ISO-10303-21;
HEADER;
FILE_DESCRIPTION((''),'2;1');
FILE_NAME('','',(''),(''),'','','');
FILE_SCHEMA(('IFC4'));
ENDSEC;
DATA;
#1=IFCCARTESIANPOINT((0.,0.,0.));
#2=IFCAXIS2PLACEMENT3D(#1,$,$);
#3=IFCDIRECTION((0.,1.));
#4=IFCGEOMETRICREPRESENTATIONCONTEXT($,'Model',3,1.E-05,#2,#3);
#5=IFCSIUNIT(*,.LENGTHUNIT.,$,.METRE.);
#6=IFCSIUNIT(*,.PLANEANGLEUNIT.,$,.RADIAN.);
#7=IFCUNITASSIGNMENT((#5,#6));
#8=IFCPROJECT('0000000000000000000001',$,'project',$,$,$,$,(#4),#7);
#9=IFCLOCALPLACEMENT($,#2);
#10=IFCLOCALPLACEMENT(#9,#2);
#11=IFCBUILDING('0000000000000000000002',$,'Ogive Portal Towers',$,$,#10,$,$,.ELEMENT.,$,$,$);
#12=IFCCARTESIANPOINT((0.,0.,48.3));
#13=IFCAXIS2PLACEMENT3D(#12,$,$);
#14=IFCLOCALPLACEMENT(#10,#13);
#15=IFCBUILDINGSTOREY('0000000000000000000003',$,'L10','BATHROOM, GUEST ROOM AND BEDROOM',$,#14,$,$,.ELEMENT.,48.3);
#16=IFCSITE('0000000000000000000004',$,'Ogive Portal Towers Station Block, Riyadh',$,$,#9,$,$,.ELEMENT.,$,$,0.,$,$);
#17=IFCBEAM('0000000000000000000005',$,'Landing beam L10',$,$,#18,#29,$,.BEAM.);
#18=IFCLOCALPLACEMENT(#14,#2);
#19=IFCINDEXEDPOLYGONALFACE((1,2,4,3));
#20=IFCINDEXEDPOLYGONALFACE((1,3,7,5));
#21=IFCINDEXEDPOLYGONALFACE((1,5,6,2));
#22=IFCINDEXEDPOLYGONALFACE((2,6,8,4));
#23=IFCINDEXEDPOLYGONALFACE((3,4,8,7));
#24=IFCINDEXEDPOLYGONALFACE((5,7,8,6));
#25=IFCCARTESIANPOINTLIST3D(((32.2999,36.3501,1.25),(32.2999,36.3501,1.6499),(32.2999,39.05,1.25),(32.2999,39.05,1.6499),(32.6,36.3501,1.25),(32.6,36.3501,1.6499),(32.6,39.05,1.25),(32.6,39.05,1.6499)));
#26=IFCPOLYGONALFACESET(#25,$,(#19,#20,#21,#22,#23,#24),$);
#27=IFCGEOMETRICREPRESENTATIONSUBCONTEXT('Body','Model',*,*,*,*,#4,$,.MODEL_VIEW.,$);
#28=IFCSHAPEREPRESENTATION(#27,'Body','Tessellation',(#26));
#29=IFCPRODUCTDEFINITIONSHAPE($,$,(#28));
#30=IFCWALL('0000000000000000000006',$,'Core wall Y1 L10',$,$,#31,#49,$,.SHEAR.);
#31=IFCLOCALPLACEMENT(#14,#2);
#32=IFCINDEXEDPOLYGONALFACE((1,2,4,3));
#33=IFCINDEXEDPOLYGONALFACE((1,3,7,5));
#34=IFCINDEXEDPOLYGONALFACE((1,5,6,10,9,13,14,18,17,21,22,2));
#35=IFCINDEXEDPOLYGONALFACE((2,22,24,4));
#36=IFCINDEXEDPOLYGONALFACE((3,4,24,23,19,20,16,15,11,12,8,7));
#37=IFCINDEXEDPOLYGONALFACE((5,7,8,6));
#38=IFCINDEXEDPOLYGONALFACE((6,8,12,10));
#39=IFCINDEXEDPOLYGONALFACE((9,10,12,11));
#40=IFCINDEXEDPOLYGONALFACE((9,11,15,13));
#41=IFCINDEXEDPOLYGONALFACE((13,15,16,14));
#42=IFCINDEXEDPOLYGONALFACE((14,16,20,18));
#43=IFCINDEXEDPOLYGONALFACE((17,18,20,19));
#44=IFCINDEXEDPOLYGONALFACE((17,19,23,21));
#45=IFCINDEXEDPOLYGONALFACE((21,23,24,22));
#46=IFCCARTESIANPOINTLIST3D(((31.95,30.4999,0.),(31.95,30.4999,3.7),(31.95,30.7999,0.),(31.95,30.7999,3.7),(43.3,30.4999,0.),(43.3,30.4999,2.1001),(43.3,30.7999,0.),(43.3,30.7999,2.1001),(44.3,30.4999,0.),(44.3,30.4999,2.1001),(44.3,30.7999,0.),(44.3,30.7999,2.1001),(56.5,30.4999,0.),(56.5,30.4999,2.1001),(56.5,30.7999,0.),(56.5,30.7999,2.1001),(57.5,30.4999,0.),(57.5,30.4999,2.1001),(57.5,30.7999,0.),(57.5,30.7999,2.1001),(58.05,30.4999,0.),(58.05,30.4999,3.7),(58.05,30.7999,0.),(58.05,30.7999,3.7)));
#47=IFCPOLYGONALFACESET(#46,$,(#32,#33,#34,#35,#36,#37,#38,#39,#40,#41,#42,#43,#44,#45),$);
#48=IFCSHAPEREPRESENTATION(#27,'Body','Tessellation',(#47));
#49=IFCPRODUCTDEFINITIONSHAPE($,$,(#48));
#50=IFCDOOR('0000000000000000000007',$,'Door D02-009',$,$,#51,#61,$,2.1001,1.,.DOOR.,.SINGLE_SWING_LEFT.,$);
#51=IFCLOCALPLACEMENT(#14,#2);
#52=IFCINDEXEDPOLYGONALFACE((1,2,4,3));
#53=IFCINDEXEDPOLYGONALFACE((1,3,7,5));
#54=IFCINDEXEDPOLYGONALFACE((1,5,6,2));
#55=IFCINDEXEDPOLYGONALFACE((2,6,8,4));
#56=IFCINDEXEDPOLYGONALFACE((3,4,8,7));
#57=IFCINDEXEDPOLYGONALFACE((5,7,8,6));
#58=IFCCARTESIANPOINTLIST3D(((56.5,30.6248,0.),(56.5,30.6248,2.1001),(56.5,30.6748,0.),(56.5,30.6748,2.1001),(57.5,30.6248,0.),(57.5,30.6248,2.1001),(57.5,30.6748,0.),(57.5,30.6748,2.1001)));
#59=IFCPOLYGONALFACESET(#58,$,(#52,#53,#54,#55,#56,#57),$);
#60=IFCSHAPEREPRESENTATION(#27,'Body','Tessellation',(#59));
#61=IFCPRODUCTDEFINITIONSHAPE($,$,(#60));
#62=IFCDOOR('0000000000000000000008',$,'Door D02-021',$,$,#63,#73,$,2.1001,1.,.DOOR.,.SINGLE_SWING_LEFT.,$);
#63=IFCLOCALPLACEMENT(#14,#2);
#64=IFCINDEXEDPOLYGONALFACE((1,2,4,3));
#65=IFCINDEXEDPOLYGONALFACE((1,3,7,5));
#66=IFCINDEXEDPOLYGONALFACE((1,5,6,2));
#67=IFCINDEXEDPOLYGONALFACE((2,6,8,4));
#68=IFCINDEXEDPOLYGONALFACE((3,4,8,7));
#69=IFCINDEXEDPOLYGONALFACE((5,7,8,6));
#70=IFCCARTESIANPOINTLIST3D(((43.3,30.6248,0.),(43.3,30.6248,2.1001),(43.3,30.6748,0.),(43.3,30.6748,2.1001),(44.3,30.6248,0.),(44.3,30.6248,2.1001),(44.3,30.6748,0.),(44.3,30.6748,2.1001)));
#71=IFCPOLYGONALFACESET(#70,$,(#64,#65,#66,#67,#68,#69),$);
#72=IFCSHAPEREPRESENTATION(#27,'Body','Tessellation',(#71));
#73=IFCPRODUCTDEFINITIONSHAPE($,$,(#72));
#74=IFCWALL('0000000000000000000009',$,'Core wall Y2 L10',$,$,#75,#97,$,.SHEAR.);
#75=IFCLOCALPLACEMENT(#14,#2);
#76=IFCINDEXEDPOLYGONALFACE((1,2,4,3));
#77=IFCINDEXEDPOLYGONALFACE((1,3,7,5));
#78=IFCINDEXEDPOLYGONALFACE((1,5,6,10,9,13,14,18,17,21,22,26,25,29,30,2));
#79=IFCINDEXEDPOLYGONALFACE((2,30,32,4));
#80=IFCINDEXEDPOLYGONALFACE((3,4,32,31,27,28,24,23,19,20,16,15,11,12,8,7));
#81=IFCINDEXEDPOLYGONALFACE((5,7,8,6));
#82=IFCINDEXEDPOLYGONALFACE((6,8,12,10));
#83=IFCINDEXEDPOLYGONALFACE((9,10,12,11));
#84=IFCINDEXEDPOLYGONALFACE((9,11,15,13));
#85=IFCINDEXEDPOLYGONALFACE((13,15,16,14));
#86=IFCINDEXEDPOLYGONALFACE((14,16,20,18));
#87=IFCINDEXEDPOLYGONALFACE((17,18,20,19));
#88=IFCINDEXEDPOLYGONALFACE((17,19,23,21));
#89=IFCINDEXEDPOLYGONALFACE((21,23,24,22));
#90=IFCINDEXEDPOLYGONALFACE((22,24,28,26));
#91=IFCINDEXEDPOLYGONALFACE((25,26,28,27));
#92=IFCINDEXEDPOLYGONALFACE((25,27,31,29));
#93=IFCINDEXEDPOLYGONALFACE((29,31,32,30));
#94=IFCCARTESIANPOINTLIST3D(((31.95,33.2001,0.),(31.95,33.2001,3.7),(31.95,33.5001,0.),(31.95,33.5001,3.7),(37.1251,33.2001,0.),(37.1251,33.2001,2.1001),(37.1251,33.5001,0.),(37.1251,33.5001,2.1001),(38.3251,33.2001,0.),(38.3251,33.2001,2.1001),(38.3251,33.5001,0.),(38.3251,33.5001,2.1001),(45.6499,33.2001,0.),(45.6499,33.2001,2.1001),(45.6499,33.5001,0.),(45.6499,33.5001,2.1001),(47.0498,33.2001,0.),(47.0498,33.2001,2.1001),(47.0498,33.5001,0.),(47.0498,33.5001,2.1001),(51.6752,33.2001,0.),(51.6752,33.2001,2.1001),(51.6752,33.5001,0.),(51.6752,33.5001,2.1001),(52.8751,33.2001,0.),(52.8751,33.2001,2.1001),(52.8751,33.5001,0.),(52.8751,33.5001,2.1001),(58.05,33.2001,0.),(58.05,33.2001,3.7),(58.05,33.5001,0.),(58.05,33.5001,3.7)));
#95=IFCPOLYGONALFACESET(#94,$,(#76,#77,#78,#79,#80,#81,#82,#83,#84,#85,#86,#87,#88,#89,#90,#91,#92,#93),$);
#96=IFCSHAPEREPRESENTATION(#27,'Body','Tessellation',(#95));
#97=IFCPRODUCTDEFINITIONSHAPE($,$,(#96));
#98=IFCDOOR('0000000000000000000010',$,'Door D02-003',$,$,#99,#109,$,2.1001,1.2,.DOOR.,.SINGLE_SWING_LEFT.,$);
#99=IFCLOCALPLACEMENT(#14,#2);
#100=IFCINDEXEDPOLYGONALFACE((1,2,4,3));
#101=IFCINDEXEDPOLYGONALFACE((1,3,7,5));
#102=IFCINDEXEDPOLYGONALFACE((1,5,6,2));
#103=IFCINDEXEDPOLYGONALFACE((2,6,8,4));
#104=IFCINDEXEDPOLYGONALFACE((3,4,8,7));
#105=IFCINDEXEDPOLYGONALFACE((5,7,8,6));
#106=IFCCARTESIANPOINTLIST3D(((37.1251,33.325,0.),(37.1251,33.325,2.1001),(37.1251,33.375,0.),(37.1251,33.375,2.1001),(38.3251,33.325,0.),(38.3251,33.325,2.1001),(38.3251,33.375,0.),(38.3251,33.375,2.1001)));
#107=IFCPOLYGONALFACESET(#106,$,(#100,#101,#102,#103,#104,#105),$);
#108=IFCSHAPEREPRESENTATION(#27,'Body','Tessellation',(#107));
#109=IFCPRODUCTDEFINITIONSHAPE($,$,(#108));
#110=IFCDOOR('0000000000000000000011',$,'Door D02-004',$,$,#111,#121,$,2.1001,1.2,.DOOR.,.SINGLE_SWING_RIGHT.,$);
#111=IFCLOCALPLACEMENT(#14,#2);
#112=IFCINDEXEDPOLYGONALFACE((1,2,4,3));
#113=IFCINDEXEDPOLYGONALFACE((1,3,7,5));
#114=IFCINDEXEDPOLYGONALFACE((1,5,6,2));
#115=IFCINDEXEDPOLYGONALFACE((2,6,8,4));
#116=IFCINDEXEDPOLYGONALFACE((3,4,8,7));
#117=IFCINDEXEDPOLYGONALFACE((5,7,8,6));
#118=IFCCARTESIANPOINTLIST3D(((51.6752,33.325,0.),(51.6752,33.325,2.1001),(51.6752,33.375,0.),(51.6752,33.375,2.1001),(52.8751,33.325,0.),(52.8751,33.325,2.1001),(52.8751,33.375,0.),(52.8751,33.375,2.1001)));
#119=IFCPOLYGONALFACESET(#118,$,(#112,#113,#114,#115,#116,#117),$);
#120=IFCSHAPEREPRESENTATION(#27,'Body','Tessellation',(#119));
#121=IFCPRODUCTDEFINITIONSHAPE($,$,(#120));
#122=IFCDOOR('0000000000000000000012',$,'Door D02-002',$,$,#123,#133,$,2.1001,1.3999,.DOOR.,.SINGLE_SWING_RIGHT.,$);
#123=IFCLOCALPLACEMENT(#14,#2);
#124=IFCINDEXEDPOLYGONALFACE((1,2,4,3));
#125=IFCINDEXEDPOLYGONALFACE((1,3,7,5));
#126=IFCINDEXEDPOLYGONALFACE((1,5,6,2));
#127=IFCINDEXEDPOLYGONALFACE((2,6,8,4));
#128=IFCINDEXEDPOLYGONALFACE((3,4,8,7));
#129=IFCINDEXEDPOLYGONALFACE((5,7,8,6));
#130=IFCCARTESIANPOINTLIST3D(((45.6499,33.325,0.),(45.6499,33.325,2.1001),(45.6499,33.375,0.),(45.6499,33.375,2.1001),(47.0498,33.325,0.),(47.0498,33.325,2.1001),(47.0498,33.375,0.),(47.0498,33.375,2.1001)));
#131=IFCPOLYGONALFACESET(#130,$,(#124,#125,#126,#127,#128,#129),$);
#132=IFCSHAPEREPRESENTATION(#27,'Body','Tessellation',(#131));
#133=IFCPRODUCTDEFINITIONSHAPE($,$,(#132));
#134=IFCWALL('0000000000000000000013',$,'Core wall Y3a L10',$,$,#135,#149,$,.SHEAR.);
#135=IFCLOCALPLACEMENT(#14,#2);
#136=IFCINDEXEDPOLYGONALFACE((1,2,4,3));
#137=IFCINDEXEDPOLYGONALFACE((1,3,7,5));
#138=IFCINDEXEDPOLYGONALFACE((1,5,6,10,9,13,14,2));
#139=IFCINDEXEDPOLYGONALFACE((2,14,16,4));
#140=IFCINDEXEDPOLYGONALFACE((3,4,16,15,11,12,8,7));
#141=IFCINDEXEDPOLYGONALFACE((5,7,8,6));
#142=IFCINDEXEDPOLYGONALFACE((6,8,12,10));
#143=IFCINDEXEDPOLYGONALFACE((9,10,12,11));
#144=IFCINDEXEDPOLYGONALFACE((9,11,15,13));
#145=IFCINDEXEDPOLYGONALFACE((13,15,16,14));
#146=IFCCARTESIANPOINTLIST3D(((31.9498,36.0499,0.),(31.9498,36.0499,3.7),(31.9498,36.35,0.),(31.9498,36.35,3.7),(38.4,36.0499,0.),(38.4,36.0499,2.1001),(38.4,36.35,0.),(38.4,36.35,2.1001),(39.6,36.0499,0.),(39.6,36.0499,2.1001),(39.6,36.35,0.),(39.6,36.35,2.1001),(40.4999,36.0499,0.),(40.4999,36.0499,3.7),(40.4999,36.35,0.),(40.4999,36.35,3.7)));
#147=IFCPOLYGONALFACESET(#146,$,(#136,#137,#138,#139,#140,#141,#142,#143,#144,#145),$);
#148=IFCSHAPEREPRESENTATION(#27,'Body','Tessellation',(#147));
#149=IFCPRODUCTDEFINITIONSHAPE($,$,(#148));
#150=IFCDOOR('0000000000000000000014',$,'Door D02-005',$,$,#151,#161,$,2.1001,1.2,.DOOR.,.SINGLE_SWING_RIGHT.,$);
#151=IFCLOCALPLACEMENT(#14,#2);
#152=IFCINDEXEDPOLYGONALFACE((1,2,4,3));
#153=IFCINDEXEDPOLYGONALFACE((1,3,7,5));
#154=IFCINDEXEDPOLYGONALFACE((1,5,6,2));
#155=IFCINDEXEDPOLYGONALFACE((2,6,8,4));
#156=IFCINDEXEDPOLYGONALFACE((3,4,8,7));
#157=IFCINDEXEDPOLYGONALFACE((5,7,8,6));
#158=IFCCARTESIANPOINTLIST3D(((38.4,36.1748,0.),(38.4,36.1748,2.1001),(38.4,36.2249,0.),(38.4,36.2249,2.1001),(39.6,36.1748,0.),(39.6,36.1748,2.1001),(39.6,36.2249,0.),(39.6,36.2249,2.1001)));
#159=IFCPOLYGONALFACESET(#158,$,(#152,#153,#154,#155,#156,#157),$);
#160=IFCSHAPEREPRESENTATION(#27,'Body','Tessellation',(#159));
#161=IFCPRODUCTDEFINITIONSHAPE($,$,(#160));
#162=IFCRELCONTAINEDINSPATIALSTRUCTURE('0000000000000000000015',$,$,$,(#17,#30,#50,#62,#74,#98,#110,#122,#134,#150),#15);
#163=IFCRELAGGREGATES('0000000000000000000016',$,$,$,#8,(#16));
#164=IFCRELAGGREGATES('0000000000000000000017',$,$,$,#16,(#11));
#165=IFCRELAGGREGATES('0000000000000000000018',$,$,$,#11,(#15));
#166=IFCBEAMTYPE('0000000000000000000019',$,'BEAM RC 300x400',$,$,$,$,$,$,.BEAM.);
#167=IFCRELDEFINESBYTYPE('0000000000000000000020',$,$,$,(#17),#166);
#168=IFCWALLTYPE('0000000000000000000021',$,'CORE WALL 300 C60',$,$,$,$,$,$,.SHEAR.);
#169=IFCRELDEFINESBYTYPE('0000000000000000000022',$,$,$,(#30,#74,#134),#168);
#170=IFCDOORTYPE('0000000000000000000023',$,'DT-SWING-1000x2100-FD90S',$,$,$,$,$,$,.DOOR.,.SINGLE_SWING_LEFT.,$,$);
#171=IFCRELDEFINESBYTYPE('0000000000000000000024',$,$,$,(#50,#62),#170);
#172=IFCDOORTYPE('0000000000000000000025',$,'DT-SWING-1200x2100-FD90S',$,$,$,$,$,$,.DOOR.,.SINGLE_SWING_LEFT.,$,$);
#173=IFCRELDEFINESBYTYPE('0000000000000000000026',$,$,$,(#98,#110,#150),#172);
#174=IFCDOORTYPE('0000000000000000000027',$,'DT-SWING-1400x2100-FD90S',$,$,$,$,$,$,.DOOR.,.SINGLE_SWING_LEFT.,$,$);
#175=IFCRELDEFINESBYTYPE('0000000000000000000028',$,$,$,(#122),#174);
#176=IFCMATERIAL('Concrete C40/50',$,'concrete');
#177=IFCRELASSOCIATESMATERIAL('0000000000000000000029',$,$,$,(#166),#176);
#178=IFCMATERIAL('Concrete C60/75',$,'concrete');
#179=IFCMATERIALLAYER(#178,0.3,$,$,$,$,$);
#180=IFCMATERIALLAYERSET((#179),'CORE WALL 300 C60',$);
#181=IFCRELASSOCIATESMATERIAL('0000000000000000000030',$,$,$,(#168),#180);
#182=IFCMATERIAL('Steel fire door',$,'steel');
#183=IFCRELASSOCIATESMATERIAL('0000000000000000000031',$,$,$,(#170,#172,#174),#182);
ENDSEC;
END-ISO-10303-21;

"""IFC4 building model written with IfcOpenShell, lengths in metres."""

from ifc_helpers import new_model, si_unit, direction, frame, frame_2d, origin, origin_2d, place, context, subcontext, project, spatial, rectangle, extrude, material, layer, layer_set, material_profile, profile_set, type_object, element, fill, save


model = new_model("IFC4")

# Units and contexts
model_context = context("Model", 3, precision=1e-05, world=origin(), true_north=direction((0.0, 1.0)))
body_context = subcontext(model_context, "Body", "Model", "MODEL_VIEW")
ifc_project = project(units=[si_unit("LENGTHUNIT", "METRE"), si_unit("PLANEANGLEUNIT", "RADIAN")], contexts=[model_context])

# Site, building, storey
site_placement = place(None, origin())
site = spatial("IfcSite", under=ifc_project, at=site_placement, Name="Ogive Portal Towers Station Block, Riyadh", CompositionType="ELEMENT", RefElevation=0.0)
building_placement = place(site_placement, origin())
building = spatial("IfcBuilding", under=site, at=building_placement, Name="Ogive Portal Towers", CompositionType="ELEMENT")
storey_placement = place(building_placement, frame((0.0, 0.0, 48.3)))
storey = spatial("IfcBuildingStorey", under=building, at=storey_placement, Name="L10", Description="BATHROOM, GUEST ROOM AND BEDROOM", CompositionType="ELEMENT", Elevation=48.3)

# Beam
ifc_material_1 = material(Name="Concrete C40/50", Category="concrete")
ifc_material_profile = material_profile(ifc_material_1, rectangle(XDim=0.3, YDim=0.3999, at=origin_2d()), Name="RC 300x400")
ifc_profile_set = profile_set([ifc_material_profile], Name="Concrete C40/50")
beam_type = type_object("IfcBeamType", Name="BEAM RC 300x400", PredefinedType="BEAM", material=ifc_profile_set)
beam_placement = place(storey_placement, frame((32.45, 36.3501, 1.45), z_axis=(0.0, 1.0, 0.0), x_axis=(-1.0, 0.0, 0.0)))
element("IfcBeam", 1, at=beam_placement, inside=storey, type_object=beam_type, Name="Landing beam L10", PredefinedType="BEAM", context=body_context, shape_type="SweptSolid", body=[
    extrude(rectangle(XDim=0.3, YDim=0.3999, at=origin_2d()), origin(), (0.0, 0.0, 1.0), 2.7),
])

# Walls, openings, doors
ifc_material_2 = material(Name="Concrete C60/75", Category="concrete")
ifc_layer_1 = layer(ifc_material_2, 0.3)
ifc_layer_set_1 = layer_set([ifc_layer_1], Name="CORE WALL 300 C60")
wall_type_1 = type_object("IfcWallType", Name="CORE WALL 300 C60", PredefinedType="SHEAR", material=ifc_layer_set_1)
wall_1_placement = place(storey_placement, frame((31.95, 30.6499, 0.0), z_axis=(0.0, 0.0, 1.0), x_axis=(1.0, 0.0, 0.0)))
wall_1 = element("IfcWall", 2, at=wall_1_placement, inside=storey, type_object=wall_type_1, Name="Core wall Y1 L10", PredefinedType="SHEAR", context=body_context, shape_type="SweptSolid", body=[
    extrude(rectangle(XDim=26.1001, YDim=0.3, at=frame_2d((13.05, 0.0))), origin(), (0.0, 0.0, 1.0), 3.7),
])
opening_1_placement = place(wall_1_placement, frame((24.55, 0.0, 0.0)))
opening_1 = element("IfcOpeningElement", 3, at=opening_1_placement, cuts=wall_1, PredefinedType="OPENING", context=body_context, shape_type="SweptSolid", body=[
    extrude(rectangle(XDim=1.0, YDim=2.1001, at=frame_2d((0.5, 1.05))), frame((0.0, 0.1602, 0.0), z_axis=(0.0, -1.0, 0.0), x_axis=(1.0, 0.0, 0.0)), (0.0, 0.0, 1.0), 0.3201),
])
opening_2_placement = place(wall_1_placement, frame((11.3501, 0.0, 0.0)))
opening_2 = element("IfcOpeningElement", 4, at=opening_2_placement, cuts=wall_1, PredefinedType="OPENING", context=body_context, shape_type="SweptSolid", body=[
    extrude(rectangle(XDim=1.0, YDim=2.1001, at=frame_2d((0.5, 1.05))), frame((0.0, 0.1602, 0.0), z_axis=(0.0, -1.0, 0.0), x_axis=(1.0, 0.0, 0.0)), (0.0, 0.0, 1.0), 0.3201),
])
ifc_material_3 = material(Name="Steel fire door", Category="steel")
door_type_1 = type_object("IfcDoorType", Name="DT-SWING-1000x2100-FD90S", OperationType="SINGLE_SWING_LEFT", PredefinedType="DOOR", material=ifc_material_3)
door_1_placement = place(opening_1_placement, origin())
door_1 = element("IfcDoor", 5, at=door_1_placement, inside=storey, type_object=door_type_1, Name="Door D02-009", OperationType="SINGLE_SWING_LEFT", OverallHeight=2.1001, OverallWidth=1.0, PredefinedType="DOOR", context=body_context, shape_type="SweptSolid", body=[
    extrude(rectangle(XDim=1.0, YDim=2.1001, at=frame_2d((0.5, 1.05))), frame((0.0, 0.0249, 0.0), z_axis=(0.0, -1.0, 0.0), x_axis=(1.0, 0.0, 0.0)), (0.0, 0.0, 1.0), 0.05),
])
fill(opening_1, door_1)
door_2_placement = place(opening_2_placement, origin())
door_2 = element("IfcDoor", 6, at=door_2_placement, inside=storey, type_object=door_type_1, Name="Door D02-021", OperationType="SINGLE_SWING_LEFT", OverallHeight=2.1001, OverallWidth=1.0, PredefinedType="DOOR", context=body_context, shape_type="SweptSolid", body=[
    extrude(rectangle(XDim=1.0, YDim=2.1001, at=frame_2d((0.5, 1.05))), frame((0.0, 0.0249, 0.0), z_axis=(0.0, -1.0, 0.0), x_axis=(1.0, 0.0, 0.0)), (0.0, 0.0, 1.0), 0.05),
])
fill(opening_2, door_2)
wall_2_placement = place(storey_placement, frame((31.95, 33.3501, 0.0), z_axis=(0.0, 0.0, 1.0), x_axis=(1.0, 0.0, 0.0)))
wall_2 = element("IfcWall", 7, at=wall_2_placement, inside=storey, type_object=wall_type_1, Name="Core wall Y2 L10", PredefinedType="SHEAR", context=body_context, shape_type="SweptSolid", body=[
    extrude(rectangle(XDim=26.1001, YDim=0.3, at=frame_2d((13.05, 0.0))), origin(), (0.0, 0.0, 1.0), 3.7),
])
opening_3_placement = place(wall_2_placement, frame((13.7, 0.0, 0.0)))
opening_3 = element("IfcOpeningElement", 8, at=opening_3_placement, cuts=wall_2, PredefinedType="OPENING", context=body_context, shape_type="SweptSolid", body=[
    extrude(rectangle(XDim=1.3999, YDim=2.1001, at=frame_2d((0.7, 1.05))), frame((0.0, 0.1602, 0.0), z_axis=(0.0, -1.0, 0.0), x_axis=(1.0, 0.0, 0.0)), (0.0, 0.0, 1.0), 0.3201),
])
opening_4_placement = place(wall_2_placement, frame((5.175, 0.0, 0.0)))
opening_4 = element("IfcOpeningElement", 9, at=opening_4_placement, cuts=wall_2, PredefinedType="OPENING", context=body_context, shape_type="SweptSolid", body=[
    extrude(rectangle(XDim=1.2, YDim=2.1001, at=frame_2d((0.6001, 1.05))), frame((0.0, 0.1602, 0.0), z_axis=(0.0, -1.0, 0.0), x_axis=(1.0, 0.0, 0.0)), (0.0, 0.0, 1.0), 0.3201),
])
opening_5_placement = place(wall_2_placement, frame((19.7251, 0.0, 0.0)))
opening_5 = element("IfcOpeningElement", 10, at=opening_5_placement, cuts=wall_2, PredefinedType="OPENING", context=body_context, shape_type="SweptSolid", body=[
    extrude(rectangle(XDim=1.2, YDim=2.1001, at=frame_2d((0.6001, 1.05))), frame((0.0, 0.1602, 0.0), z_axis=(0.0, -1.0, 0.0), x_axis=(1.0, 0.0, 0.0)), (0.0, 0.0, 1.0), 0.3201),
])
door_type_2 = type_object("IfcDoorType", Name="DT-SWING-1200x2100-FD90S", OperationType="SINGLE_SWING_LEFT", PredefinedType="DOOR", material=ifc_material_3)
door_3_placement = place(opening_4_placement, origin())
door_3 = element("IfcDoor", 11, at=door_3_placement, inside=storey, type_object=door_type_2, Name="Door D02-003", OperationType="SINGLE_SWING_LEFT", OverallHeight=2.1001, OverallWidth=1.2, PredefinedType="DOOR", context=body_context, shape_type="SweptSolid", body=[
    extrude(rectangle(XDim=1.2, YDim=2.1001, at=frame_2d((0.6001, 1.05))), frame((0.0, 0.0249, 0.0), z_axis=(0.0, -1.0, 0.0), x_axis=(1.0, 0.0, 0.0)), (0.0, 0.0, 1.0), 0.05),
])
fill(opening_4, door_3)
door_4_placement = place(opening_5_placement, origin())
door_4 = element("IfcDoor", 12, at=door_4_placement, inside=storey, type_object=door_type_2, Name="Door D02-004", OperationType="SINGLE_SWING_RIGHT", OverallHeight=2.1001, OverallWidth=1.2, PredefinedType="DOOR", context=body_context, shape_type="SweptSolid", body=[
    extrude(rectangle(XDim=1.2, YDim=2.1001, at=frame_2d((0.6001, 1.05))), frame((0.0, 0.0249, 0.0), z_axis=(0.0, -1.0, 0.0), x_axis=(1.0, 0.0, 0.0)), (0.0, 0.0, 1.0), 0.05),
])
fill(opening_5, door_4)
door_type_3 = type_object("IfcDoorType", Name="DT-SWING-1400x2100-FD90S", OperationType="SINGLE_SWING_LEFT", PredefinedType="DOOR", material=ifc_material_3)
door_5_placement = place(opening_3_placement, origin())
door_5 = element("IfcDoor", 13, at=door_5_placement, inside=storey, type_object=door_type_3, Name="Door D02-002", OperationType="SINGLE_SWING_RIGHT", OverallHeight=2.1001, OverallWidth=1.3999, PredefinedType="DOOR", context=body_context, shape_type="SweptSolid", body=[
    extrude(rectangle(XDim=1.3999, YDim=2.1001, at=frame_2d((0.7, 1.05))), frame((0.0, 0.0249, 0.0), z_axis=(0.0, -1.0, 0.0), x_axis=(1.0, 0.0, 0.0)), (0.0, 0.0, 1.0), 0.05),
])
fill(opening_3, door_5)

# Wall, opening, door
wall_3_placement = place(storey_placement, frame((31.95, 36.2, 0.0), z_axis=(0.0, 0.0, 1.0), x_axis=(1.0, 0.0, 0.0)))
wall_3 = element("IfcWall", 14, at=wall_3_placement, inside=storey, type_object=wall_type_1, Name="Core wall Y3a L10", PredefinedType="SHEAR", context=body_context, shape_type="SweptSolid", body=[
    extrude(rectangle(XDim=8.55, YDim=0.3, at=frame_2d((4.2749, 0.0))), origin(), (0.0, 0.0, 1.0), 3.7),
])
opening_6_placement = place(wall_3_placement, frame((6.45, 0.0, 0.0)))
opening_6 = element("IfcOpeningElement", 15, at=opening_6_placement, cuts=wall_3, PredefinedType="OPENING", context=body_context, shape_type="SweptSolid", body=[
    extrude(rectangle(XDim=1.2, YDim=2.1001, at=frame_2d((0.6001, 1.05))), frame((0.0, 0.1602, 0.0), z_axis=(0.0, -1.0, 0.0), x_axis=(1.0, 0.0, 0.0)), (0.0, 0.0, 1.0), 0.3201),
])
door_6_placement = place(opening_6_placement, origin())
door_6 = element("IfcDoor", 16, at=door_6_placement, inside=storey, type_object=door_type_2, Name="Door D02-005", OperationType="SINGLE_SWING_RIGHT", OverallHeight=2.1001, OverallWidth=1.2, PredefinedType="DOOR", context=body_context, shape_type="SweptSolid", body=[
    extrude(rectangle(XDim=1.2, YDim=2.1001, at=frame_2d((0.6001, 1.05))), frame((0.0, 0.0249, 0.0), z_axis=(0.0, -1.0, 0.0), x_axis=(1.0, 0.0, 0.0)), (0.0, 0.0, 1.0), 0.05),
])
fill(opening_6, door_6)

save(model, "model.ifc")
